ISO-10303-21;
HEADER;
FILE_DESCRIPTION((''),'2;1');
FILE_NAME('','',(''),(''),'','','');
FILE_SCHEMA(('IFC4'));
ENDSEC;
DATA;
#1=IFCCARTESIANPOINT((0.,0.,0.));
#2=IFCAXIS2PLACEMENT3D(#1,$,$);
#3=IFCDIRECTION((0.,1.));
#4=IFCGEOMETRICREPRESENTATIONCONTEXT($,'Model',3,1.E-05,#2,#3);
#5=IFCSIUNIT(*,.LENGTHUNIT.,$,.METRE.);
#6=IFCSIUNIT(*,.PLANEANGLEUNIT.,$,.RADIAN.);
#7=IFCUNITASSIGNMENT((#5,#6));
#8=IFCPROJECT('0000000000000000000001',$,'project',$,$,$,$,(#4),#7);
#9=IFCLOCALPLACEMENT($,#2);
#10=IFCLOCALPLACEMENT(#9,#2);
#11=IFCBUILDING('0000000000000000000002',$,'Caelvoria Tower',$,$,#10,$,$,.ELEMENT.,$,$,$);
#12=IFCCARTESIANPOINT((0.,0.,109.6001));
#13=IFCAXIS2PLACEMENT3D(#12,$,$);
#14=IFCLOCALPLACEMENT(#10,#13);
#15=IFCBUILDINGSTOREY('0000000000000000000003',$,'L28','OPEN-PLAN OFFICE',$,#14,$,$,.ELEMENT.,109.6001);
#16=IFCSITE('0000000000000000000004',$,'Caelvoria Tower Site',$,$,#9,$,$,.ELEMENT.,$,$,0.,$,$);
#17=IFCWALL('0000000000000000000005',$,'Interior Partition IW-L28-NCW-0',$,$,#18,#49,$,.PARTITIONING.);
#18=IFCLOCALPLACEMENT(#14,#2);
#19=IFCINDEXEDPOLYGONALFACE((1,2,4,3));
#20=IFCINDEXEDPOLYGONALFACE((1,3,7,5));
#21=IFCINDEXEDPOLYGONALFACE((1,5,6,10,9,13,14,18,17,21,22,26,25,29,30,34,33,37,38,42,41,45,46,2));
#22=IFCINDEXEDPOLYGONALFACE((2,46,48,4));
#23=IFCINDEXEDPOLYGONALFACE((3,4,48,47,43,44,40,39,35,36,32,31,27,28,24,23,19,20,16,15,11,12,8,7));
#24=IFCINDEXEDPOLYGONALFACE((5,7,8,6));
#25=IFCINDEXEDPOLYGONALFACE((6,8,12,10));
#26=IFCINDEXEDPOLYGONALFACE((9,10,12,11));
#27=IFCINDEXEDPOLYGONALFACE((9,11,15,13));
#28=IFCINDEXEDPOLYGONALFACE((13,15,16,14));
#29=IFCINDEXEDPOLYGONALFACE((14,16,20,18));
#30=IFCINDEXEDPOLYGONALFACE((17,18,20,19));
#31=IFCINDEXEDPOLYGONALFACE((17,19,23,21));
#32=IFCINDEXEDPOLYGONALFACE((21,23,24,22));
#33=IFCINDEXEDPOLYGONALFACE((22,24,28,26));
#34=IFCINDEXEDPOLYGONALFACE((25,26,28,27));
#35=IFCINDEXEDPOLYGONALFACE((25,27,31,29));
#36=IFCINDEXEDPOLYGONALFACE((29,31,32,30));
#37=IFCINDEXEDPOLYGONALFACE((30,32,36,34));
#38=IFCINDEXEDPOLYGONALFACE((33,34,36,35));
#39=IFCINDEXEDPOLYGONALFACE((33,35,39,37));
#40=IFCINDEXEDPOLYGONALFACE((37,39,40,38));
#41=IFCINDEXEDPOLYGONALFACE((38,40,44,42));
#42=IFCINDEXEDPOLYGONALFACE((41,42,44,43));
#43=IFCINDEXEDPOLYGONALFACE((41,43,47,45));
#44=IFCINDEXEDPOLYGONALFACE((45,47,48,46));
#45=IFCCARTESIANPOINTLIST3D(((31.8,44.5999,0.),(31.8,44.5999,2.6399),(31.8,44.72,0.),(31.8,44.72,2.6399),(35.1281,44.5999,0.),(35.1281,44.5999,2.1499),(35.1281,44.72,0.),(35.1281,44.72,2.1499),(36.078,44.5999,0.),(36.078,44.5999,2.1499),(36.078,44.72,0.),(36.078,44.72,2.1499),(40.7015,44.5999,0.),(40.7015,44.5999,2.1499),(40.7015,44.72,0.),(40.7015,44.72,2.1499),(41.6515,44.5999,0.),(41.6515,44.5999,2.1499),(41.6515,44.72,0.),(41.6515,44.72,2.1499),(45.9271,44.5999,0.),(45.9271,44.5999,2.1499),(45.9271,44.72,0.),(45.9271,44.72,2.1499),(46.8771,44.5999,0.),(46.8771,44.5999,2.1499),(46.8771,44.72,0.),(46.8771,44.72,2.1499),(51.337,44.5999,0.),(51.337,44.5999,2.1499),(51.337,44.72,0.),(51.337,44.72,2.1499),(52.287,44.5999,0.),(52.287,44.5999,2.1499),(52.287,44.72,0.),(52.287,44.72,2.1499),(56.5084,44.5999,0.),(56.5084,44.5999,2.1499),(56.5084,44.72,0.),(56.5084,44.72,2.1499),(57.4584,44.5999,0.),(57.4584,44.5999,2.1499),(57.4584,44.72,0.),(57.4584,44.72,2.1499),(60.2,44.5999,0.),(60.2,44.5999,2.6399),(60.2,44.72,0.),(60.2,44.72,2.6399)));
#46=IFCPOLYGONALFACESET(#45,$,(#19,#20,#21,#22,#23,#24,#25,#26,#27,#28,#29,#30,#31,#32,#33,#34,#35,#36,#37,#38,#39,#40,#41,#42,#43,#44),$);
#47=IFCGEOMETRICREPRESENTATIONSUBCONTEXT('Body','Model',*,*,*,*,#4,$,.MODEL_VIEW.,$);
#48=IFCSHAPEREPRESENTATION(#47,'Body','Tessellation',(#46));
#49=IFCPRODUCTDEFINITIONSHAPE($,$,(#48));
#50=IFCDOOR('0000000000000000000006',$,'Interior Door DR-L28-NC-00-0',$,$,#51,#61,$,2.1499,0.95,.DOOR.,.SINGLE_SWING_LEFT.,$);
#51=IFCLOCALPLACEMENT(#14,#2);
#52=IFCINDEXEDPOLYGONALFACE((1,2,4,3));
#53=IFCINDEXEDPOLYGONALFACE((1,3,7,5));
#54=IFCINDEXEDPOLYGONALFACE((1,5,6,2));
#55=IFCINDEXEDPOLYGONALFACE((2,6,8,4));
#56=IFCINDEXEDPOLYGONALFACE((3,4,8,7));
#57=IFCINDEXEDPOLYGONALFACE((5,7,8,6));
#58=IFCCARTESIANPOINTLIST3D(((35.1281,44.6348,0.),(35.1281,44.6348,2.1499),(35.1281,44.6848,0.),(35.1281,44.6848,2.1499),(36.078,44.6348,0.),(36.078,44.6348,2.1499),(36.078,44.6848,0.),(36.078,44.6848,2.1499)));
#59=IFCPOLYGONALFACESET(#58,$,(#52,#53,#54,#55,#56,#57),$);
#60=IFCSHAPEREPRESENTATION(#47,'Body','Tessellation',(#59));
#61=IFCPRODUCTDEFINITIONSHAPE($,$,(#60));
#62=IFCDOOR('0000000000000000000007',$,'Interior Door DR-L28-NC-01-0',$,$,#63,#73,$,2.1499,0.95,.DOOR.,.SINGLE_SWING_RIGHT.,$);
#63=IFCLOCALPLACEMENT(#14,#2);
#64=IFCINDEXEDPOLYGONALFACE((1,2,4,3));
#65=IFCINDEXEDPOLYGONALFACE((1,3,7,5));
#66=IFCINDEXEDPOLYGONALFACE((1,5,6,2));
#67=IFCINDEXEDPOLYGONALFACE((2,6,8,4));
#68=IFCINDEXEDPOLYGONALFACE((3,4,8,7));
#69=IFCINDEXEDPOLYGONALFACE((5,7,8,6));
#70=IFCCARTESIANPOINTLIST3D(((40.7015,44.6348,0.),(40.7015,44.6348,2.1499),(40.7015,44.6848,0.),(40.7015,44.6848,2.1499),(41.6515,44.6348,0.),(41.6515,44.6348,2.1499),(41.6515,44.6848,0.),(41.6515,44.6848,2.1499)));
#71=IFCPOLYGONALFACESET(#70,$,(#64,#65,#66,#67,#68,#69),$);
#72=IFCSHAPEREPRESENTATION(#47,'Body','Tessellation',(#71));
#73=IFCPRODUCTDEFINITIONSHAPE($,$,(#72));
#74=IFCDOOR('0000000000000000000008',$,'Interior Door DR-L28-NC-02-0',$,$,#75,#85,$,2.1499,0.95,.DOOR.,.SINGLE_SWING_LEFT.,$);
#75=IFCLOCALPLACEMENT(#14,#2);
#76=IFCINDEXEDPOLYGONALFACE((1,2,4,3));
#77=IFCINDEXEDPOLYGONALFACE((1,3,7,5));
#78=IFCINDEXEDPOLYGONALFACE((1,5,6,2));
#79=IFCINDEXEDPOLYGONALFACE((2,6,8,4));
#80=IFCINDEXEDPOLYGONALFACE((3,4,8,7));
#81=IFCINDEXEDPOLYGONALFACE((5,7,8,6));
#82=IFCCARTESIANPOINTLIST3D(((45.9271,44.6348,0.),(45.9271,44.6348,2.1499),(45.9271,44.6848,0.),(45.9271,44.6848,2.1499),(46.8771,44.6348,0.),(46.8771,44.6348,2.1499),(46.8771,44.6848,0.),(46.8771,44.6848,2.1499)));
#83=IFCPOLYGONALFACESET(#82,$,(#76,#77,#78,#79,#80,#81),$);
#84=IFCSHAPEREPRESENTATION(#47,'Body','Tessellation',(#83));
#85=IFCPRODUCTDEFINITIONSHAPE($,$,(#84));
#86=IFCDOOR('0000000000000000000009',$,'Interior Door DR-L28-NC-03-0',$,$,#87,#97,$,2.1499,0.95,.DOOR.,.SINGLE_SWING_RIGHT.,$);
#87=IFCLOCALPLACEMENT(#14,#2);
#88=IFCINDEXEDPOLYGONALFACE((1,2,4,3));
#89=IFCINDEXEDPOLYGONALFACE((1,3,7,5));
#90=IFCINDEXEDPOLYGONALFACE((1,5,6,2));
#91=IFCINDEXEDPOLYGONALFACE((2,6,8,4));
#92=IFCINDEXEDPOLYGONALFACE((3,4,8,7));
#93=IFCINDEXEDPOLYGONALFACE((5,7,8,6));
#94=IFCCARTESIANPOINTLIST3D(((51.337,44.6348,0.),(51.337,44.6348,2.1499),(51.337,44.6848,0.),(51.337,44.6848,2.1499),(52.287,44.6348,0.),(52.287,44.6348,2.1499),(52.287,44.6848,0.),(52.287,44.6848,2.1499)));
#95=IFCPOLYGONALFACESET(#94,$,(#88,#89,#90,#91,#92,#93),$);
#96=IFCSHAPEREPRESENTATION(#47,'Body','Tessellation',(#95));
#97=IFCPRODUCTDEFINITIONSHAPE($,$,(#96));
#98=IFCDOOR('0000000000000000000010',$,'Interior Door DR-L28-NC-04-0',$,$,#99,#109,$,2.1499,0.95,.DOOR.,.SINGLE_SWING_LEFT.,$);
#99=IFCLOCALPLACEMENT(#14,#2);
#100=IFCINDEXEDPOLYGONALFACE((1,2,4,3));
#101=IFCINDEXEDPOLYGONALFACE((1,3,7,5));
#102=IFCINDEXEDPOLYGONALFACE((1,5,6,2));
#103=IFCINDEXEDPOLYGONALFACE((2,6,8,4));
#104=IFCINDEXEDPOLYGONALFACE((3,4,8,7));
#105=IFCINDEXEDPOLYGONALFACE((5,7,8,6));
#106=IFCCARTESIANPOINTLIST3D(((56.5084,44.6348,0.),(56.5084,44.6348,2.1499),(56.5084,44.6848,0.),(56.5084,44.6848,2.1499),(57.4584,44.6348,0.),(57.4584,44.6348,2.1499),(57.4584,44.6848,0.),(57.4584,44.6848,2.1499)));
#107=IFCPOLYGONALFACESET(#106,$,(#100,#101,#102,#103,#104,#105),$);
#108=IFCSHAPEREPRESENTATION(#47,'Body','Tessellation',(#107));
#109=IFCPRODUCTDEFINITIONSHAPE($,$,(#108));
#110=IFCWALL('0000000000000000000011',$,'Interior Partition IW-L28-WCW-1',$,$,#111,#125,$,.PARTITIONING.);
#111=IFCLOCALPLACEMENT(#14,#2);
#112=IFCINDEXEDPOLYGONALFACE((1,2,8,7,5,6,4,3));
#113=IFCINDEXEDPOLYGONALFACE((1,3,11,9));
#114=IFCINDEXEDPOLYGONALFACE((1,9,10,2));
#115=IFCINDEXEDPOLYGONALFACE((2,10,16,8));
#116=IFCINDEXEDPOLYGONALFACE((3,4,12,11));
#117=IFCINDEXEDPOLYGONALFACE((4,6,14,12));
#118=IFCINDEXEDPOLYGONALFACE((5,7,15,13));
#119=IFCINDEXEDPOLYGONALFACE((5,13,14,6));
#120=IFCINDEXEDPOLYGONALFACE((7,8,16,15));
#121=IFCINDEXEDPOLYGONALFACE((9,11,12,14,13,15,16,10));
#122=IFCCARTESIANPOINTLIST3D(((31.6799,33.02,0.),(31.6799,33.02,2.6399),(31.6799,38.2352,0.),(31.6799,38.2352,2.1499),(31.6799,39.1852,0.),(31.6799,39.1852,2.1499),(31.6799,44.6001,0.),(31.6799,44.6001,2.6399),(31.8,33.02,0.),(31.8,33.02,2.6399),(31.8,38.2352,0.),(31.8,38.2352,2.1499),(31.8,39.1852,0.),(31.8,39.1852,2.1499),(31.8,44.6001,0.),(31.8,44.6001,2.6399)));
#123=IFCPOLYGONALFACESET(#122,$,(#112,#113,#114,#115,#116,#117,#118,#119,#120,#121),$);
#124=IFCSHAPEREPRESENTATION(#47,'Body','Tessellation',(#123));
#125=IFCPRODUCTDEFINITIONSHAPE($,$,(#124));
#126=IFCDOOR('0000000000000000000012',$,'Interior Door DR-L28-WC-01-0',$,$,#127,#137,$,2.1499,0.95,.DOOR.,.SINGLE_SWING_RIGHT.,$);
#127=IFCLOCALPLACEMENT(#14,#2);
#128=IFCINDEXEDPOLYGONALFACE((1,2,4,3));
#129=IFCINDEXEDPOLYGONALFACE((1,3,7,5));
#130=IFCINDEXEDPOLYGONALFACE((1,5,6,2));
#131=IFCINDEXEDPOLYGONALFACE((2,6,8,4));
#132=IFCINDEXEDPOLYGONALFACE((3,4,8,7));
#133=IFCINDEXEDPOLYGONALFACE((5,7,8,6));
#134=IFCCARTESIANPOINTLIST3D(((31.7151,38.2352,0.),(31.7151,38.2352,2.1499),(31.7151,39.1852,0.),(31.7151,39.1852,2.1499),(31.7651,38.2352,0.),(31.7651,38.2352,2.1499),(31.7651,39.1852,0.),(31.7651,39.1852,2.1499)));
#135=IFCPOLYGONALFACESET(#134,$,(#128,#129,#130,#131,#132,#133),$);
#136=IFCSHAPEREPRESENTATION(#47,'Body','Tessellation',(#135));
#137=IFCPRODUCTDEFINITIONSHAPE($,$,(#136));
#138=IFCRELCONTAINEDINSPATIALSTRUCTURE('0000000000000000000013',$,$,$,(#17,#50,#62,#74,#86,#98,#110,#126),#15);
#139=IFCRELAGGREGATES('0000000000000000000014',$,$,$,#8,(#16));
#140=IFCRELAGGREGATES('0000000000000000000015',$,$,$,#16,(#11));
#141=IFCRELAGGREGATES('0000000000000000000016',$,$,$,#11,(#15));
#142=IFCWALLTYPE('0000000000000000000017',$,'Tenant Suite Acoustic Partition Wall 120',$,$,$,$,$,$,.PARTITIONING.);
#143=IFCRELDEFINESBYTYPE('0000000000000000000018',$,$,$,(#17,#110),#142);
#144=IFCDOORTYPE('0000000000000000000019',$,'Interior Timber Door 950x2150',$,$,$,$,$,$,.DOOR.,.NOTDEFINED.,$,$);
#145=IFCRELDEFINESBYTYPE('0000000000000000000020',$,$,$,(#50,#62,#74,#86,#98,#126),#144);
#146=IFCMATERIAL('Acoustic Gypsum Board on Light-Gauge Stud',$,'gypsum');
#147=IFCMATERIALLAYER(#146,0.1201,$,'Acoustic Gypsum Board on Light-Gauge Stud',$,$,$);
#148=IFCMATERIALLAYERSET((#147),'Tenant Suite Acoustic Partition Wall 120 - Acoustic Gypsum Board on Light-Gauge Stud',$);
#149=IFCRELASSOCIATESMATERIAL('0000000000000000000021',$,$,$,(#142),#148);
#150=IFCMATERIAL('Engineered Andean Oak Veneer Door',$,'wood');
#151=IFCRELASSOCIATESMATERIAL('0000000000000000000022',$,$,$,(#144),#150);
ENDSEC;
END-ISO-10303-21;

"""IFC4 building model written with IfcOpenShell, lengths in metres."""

from ifc_helpers import new_model, si_unit, direction, frame, frame_2d, origin, place, context, subcontext, project, spatial, rectangle, extrude, material, layer, layer_set, type_object, element, fill, save


model = new_model("IFC4")

# Units and contexts
model_context = context("Model", 3, precision=1e-05, world=origin(), true_north=direction((0.0, 1.0)))
body_context = subcontext(model_context, "Body", "Model", "MODEL_VIEW")
ifc_project = project(units=[si_unit("LENGTHUNIT", "METRE"), si_unit("PLANEANGLEUNIT", "RADIAN")], contexts=[model_context])

# Site, building, storey
site_placement = place(None, origin())
site = spatial("IfcSite", under=ifc_project, at=site_placement, Name="Caelvoria Tower Site", CompositionType="ELEMENT", RefElevation=0.0)
building_placement = place(site_placement, origin())
building = spatial("IfcBuilding", under=site, at=building_placement, Name="Caelvoria Tower", CompositionType="ELEMENT")
storey_placement = place(building_placement, frame((0.0, 0.0, 109.6001)))
storey = spatial("IfcBuildingStorey", under=building, at=storey_placement, Name="L28", Description="OPEN-PLAN OFFICE", CompositionType="ELEMENT", Elevation=109.6001)

# Wall, openings, doors
ifc_material_1 = material(Name="Acoustic Gypsum Board on Light-Gauge Stud", Category="gypsum")
ifc_layer_1 = layer(ifc_material_1, 0.1201, Name="Acoustic Gypsum Board on Light-Gauge Stud")
ifc_layer_set_1 = layer_set([ifc_layer_1], Name="Tenant Suite Acoustic Partition Wall 120 - Acoustic Gypsum Board on Light-Gauge Stud")
wall_type_1 = type_object("IfcWallType", Name="Tenant Suite Acoustic Partition Wall 120", PredefinedType="PARTITIONING", material=ifc_layer_set_1)
wall_1_placement = place(storey_placement, frame((31.8, 44.6599, 0.0), z_axis=(0.0, 0.0, 1.0), x_axis=(1.0, 0.0, 0.0)))
wall_1 = element("IfcWall", 1, at=wall_1_placement, inside=storey, type_object=wall_type_1, Name="Interior Partition IW-L28-NCW-0", PredefinedType="PARTITIONING", context=body_context, shape_type="SweptSolid", body=[
    extrude(rectangle(XDim=28.3999, YDim=0.1201, at=frame_2d((14.2, 0.0))), origin(), (0.0, 0.0, 1.0), 2.6399),
])
opening_1_placement = place(wall_1_placement, frame((3.3279, 0.0, 0.0)))
opening_1 = element("IfcOpeningElement", 2, at=opening_1_placement, cuts=wall_1, PredefinedType="OPENING", context=body_context, shape_type="SweptSolid", body=[
    extrude(rectangle(XDim=0.95, YDim=2.1499, at=frame_2d((0.4751, 1.075))), frame((0.0, 0.0701, 0.0), z_axis=(0.0, -1.0, 0.0), x_axis=(1.0, 0.0, 0.0)), (0.0, 0.0, 1.0), 0.1401),
])
opening_2_placement = place(wall_1_placement, frame((8.9014, 0.0, 0.0)))
opening_2 = element("IfcOpeningElement", 3, at=opening_2_placement, cuts=wall_1, PredefinedType="OPENING", context=body_context, shape_type="SweptSolid", body=[
    extrude(rectangle(XDim=0.95, YDim=2.1499, at=frame_2d((0.4751, 1.075))), frame((0.0, 0.0701, 0.0), z_axis=(0.0, -1.0, 0.0), x_axis=(1.0, 0.0, 0.0)), (0.0, 0.0, 1.0), 0.1401),
])
opening_3_placement = place(wall_1_placement, frame((14.127, 0.0, 0.0)))
opening_3 = element("IfcOpeningElement", 4, at=opening_3_placement, cuts=wall_1, PredefinedType="OPENING", context=body_context, shape_type="SweptSolid", body=[
    extrude(rectangle(XDim=0.95, YDim=2.1499, at=frame_2d((0.4751, 1.075))), frame((0.0, 0.0701, 0.0), z_axis=(0.0, -1.0, 0.0), x_axis=(1.0, 0.0, 0.0)), (0.0, 0.0, 1.0), 0.1401),
])
opening_4_placement = place(wall_1_placement, frame((19.5369, 0.0, 0.0)))
opening_4 = element("IfcOpeningElement", 5, at=opening_4_placement, cuts=wall_1, PredefinedType="OPENING", context=body_context, shape_type="SweptSolid", body=[
    extrude(rectangle(XDim=0.95, YDim=2.1499, at=frame_2d((0.4751, 1.075))), frame((0.0, 0.0701, 0.0), z_axis=(0.0, -1.0, 0.0), x_axis=(1.0, 0.0, 0.0)), (0.0, 0.0, 1.0), 0.1401),
])
opening_5_placement = place(wall_1_placement, frame((24.7083, 0.0, 0.0)))
opening_5 = element("IfcOpeningElement", 6, at=opening_5_placement, cuts=wall_1, PredefinedType="OPENING", context=body_context, shape_type="SweptSolid", body=[
    extrude(rectangle(XDim=0.95, YDim=2.1499, at=frame_2d((0.4751, 1.075))), frame((0.0, 0.0701, 0.0), z_axis=(0.0, -1.0, 0.0), x_axis=(1.0, 0.0, 0.0)), (0.0, 0.0, 1.0), 0.1401),
])
ifc_material_2 = material(Name="Engineered Andean Oak Veneer Door", Category="wood")
door_type_1 = type_object("IfcDoorType", Name="Interior Timber Door 950x2150", OperationType="NOTDEFINED", PredefinedType="DOOR", material=ifc_material_2)
door_1_placement = place(opening_1_placement, origin())
door_1 = element("IfcDoor", 7, at=door_1_placement, inside=storey, type_object=door_type_1, Name="Interior Door DR-L28-NC-00-0", OperationType="SINGLE_SWING_LEFT", OverallHeight=2.1499, OverallWidth=0.95, PredefinedType="DOOR", context=body_context, shape_type="SweptSolid", body=[
    extrude(rectangle(XDim=0.95, YDim=2.1499, at=frame_2d((0.4751, 1.075))), frame((0.0, 0.0249, 0.0), z_axis=(0.0, -1.0, 0.0), x_axis=(1.0, 0.0, 0.0)), (0.0, 0.0, 1.0), 0.05),
])
fill(opening_1, door_1)
door_2_placement = place(opening_2_placement, origin())
door_2 = element("IfcDoor", 8, at=door_2_placement, inside=storey, type_object=door_type_1, Name="Interior Door DR-L28-NC-01-0", OperationType="SINGLE_SWING_RIGHT", OverallHeight=2.1499, OverallWidth=0.95, PredefinedType="DOOR", context=body_context, shape_type="SweptSolid", body=[
    extrude(rectangle(XDim=0.95, YDim=2.1499, at=frame_2d((0.4751, 1.075))), frame((0.0, 0.0249, 0.0), z_axis=(0.0, -1.0, 0.0), x_axis=(1.0, 0.0, 0.0)), (0.0, 0.0, 1.0), 0.05),
])
fill(opening_2, door_2)
door_3_placement = place(opening_3_placement, origin())
door_3 = element("IfcDoor", 9, at=door_3_placement, inside=storey, type_object=door_type_1, Name="Interior Door DR-L28-NC-02-0", OperationType="SINGLE_SWING_LEFT", OverallHeight=2.1499, OverallWidth=0.95, PredefinedType="DOOR", context=body_context, shape_type="SweptSolid", body=[
    extrude(rectangle(XDim=0.95, YDim=2.1499, at=frame_2d((0.4751, 1.075))), frame((0.0, 0.0249, 0.0), z_axis=(0.0, -1.0, 0.0), x_axis=(1.0, 0.0, 0.0)), (0.0, 0.0, 1.0), 0.05),
])
fill(opening_3, door_3)
door_4_placement = place(opening_4_placement, origin())
door_4 = element("IfcDoor", 10, at=door_4_placement, inside=storey, type_object=door_type_1, Name="Interior Door DR-L28-NC-03-0", OperationType="SINGLE_SWING_RIGHT", OverallHeight=2.1499, OverallWidth=0.95, PredefinedType="DOOR", context=body_context, shape_type="SweptSolid", body=[
    extrude(rectangle(XDim=0.95, YDim=2.1499, at=frame_2d((0.4751, 1.075))), frame((0.0, 0.0249, 0.0), z_axis=(0.0, -1.0, 0.0), x_axis=(1.0, 0.0, 0.0)), (0.0, 0.0, 1.0), 0.05),
])
fill(opening_4, door_4)
door_5_placement = place(opening_5_placement, origin())
door_5 = element("IfcDoor", 11, at=door_5_placement, inside=storey, type_object=door_type_1, Name="Interior Door DR-L28-NC-04-0", OperationType="SINGLE_SWING_LEFT", OverallHeight=2.1499, OverallWidth=0.95, PredefinedType="DOOR", context=body_context, shape_type="SweptSolid", body=[
    extrude(rectangle(XDim=0.95, YDim=2.1499, at=frame_2d((0.4751, 1.075))), frame((0.0, 0.0249, 0.0), z_axis=(0.0, -1.0, 0.0), x_axis=(1.0, 0.0, 0.0)), (0.0, 0.0, 1.0), 0.05),
])
fill(opening_5, door_5)

# Wall, opening, door
wall_2_placement = place(storey_placement, frame((31.74, 33.02, 0.0), z_axis=(0.0, 0.0, 1.0), x_axis=(0.0, 1.0, 0.0)))
wall_2 = element("IfcWall", 12, at=wall_2_placement, inside=storey, type_object=wall_type_1, Name="Interior Partition IW-L28-WCW-1", PredefinedType="PARTITIONING", context=body_context, shape_type="SweptSolid", body=[
    extrude(rectangle(XDim=11.5801, YDim=0.1201, at=frame_2d((5.79, 0.0))), origin(), (0.0, 0.0, 1.0), 2.6399),
])
opening_6_placement = place(wall_2_placement, frame((5.2151, 0.0, 0.0)))
opening_6 = element("IfcOpeningElement", 13, at=opening_6_placement, cuts=wall_2, PredefinedType="OPENING", context=body_context, shape_type="SweptSolid", body=[
    extrude(rectangle(XDim=0.95, YDim=2.1499, at=frame_2d((0.4751, 1.075))), frame((0.0, 0.0701, 0.0), z_axis=(0.0, -1.0, 0.0), x_axis=(1.0, 0.0, 0.0)), (0.0, 0.0, 1.0), 0.1401),
])
door_6_placement = place(opening_6_placement, origin())
door_6 = element("IfcDoor", 14, at=door_6_placement, inside=storey, type_object=door_type_1, Name="Interior Door DR-L28-WC-01-0", OperationType="SINGLE_SWING_RIGHT", OverallHeight=2.1499, OverallWidth=0.95, PredefinedType="DOOR", context=body_context, shape_type="SweptSolid", body=[
    extrude(rectangle(XDim=0.95, YDim=2.1499, at=frame_2d((0.4751, 1.075))), frame((0.0, 0.0249, 0.0), z_axis=(0.0, -1.0, 0.0), x_axis=(1.0, 0.0, 0.0)), (0.0, 0.0, 1.0), 0.05),
])
fill(opening_6, door_6)

save(model, "model.ifc")
